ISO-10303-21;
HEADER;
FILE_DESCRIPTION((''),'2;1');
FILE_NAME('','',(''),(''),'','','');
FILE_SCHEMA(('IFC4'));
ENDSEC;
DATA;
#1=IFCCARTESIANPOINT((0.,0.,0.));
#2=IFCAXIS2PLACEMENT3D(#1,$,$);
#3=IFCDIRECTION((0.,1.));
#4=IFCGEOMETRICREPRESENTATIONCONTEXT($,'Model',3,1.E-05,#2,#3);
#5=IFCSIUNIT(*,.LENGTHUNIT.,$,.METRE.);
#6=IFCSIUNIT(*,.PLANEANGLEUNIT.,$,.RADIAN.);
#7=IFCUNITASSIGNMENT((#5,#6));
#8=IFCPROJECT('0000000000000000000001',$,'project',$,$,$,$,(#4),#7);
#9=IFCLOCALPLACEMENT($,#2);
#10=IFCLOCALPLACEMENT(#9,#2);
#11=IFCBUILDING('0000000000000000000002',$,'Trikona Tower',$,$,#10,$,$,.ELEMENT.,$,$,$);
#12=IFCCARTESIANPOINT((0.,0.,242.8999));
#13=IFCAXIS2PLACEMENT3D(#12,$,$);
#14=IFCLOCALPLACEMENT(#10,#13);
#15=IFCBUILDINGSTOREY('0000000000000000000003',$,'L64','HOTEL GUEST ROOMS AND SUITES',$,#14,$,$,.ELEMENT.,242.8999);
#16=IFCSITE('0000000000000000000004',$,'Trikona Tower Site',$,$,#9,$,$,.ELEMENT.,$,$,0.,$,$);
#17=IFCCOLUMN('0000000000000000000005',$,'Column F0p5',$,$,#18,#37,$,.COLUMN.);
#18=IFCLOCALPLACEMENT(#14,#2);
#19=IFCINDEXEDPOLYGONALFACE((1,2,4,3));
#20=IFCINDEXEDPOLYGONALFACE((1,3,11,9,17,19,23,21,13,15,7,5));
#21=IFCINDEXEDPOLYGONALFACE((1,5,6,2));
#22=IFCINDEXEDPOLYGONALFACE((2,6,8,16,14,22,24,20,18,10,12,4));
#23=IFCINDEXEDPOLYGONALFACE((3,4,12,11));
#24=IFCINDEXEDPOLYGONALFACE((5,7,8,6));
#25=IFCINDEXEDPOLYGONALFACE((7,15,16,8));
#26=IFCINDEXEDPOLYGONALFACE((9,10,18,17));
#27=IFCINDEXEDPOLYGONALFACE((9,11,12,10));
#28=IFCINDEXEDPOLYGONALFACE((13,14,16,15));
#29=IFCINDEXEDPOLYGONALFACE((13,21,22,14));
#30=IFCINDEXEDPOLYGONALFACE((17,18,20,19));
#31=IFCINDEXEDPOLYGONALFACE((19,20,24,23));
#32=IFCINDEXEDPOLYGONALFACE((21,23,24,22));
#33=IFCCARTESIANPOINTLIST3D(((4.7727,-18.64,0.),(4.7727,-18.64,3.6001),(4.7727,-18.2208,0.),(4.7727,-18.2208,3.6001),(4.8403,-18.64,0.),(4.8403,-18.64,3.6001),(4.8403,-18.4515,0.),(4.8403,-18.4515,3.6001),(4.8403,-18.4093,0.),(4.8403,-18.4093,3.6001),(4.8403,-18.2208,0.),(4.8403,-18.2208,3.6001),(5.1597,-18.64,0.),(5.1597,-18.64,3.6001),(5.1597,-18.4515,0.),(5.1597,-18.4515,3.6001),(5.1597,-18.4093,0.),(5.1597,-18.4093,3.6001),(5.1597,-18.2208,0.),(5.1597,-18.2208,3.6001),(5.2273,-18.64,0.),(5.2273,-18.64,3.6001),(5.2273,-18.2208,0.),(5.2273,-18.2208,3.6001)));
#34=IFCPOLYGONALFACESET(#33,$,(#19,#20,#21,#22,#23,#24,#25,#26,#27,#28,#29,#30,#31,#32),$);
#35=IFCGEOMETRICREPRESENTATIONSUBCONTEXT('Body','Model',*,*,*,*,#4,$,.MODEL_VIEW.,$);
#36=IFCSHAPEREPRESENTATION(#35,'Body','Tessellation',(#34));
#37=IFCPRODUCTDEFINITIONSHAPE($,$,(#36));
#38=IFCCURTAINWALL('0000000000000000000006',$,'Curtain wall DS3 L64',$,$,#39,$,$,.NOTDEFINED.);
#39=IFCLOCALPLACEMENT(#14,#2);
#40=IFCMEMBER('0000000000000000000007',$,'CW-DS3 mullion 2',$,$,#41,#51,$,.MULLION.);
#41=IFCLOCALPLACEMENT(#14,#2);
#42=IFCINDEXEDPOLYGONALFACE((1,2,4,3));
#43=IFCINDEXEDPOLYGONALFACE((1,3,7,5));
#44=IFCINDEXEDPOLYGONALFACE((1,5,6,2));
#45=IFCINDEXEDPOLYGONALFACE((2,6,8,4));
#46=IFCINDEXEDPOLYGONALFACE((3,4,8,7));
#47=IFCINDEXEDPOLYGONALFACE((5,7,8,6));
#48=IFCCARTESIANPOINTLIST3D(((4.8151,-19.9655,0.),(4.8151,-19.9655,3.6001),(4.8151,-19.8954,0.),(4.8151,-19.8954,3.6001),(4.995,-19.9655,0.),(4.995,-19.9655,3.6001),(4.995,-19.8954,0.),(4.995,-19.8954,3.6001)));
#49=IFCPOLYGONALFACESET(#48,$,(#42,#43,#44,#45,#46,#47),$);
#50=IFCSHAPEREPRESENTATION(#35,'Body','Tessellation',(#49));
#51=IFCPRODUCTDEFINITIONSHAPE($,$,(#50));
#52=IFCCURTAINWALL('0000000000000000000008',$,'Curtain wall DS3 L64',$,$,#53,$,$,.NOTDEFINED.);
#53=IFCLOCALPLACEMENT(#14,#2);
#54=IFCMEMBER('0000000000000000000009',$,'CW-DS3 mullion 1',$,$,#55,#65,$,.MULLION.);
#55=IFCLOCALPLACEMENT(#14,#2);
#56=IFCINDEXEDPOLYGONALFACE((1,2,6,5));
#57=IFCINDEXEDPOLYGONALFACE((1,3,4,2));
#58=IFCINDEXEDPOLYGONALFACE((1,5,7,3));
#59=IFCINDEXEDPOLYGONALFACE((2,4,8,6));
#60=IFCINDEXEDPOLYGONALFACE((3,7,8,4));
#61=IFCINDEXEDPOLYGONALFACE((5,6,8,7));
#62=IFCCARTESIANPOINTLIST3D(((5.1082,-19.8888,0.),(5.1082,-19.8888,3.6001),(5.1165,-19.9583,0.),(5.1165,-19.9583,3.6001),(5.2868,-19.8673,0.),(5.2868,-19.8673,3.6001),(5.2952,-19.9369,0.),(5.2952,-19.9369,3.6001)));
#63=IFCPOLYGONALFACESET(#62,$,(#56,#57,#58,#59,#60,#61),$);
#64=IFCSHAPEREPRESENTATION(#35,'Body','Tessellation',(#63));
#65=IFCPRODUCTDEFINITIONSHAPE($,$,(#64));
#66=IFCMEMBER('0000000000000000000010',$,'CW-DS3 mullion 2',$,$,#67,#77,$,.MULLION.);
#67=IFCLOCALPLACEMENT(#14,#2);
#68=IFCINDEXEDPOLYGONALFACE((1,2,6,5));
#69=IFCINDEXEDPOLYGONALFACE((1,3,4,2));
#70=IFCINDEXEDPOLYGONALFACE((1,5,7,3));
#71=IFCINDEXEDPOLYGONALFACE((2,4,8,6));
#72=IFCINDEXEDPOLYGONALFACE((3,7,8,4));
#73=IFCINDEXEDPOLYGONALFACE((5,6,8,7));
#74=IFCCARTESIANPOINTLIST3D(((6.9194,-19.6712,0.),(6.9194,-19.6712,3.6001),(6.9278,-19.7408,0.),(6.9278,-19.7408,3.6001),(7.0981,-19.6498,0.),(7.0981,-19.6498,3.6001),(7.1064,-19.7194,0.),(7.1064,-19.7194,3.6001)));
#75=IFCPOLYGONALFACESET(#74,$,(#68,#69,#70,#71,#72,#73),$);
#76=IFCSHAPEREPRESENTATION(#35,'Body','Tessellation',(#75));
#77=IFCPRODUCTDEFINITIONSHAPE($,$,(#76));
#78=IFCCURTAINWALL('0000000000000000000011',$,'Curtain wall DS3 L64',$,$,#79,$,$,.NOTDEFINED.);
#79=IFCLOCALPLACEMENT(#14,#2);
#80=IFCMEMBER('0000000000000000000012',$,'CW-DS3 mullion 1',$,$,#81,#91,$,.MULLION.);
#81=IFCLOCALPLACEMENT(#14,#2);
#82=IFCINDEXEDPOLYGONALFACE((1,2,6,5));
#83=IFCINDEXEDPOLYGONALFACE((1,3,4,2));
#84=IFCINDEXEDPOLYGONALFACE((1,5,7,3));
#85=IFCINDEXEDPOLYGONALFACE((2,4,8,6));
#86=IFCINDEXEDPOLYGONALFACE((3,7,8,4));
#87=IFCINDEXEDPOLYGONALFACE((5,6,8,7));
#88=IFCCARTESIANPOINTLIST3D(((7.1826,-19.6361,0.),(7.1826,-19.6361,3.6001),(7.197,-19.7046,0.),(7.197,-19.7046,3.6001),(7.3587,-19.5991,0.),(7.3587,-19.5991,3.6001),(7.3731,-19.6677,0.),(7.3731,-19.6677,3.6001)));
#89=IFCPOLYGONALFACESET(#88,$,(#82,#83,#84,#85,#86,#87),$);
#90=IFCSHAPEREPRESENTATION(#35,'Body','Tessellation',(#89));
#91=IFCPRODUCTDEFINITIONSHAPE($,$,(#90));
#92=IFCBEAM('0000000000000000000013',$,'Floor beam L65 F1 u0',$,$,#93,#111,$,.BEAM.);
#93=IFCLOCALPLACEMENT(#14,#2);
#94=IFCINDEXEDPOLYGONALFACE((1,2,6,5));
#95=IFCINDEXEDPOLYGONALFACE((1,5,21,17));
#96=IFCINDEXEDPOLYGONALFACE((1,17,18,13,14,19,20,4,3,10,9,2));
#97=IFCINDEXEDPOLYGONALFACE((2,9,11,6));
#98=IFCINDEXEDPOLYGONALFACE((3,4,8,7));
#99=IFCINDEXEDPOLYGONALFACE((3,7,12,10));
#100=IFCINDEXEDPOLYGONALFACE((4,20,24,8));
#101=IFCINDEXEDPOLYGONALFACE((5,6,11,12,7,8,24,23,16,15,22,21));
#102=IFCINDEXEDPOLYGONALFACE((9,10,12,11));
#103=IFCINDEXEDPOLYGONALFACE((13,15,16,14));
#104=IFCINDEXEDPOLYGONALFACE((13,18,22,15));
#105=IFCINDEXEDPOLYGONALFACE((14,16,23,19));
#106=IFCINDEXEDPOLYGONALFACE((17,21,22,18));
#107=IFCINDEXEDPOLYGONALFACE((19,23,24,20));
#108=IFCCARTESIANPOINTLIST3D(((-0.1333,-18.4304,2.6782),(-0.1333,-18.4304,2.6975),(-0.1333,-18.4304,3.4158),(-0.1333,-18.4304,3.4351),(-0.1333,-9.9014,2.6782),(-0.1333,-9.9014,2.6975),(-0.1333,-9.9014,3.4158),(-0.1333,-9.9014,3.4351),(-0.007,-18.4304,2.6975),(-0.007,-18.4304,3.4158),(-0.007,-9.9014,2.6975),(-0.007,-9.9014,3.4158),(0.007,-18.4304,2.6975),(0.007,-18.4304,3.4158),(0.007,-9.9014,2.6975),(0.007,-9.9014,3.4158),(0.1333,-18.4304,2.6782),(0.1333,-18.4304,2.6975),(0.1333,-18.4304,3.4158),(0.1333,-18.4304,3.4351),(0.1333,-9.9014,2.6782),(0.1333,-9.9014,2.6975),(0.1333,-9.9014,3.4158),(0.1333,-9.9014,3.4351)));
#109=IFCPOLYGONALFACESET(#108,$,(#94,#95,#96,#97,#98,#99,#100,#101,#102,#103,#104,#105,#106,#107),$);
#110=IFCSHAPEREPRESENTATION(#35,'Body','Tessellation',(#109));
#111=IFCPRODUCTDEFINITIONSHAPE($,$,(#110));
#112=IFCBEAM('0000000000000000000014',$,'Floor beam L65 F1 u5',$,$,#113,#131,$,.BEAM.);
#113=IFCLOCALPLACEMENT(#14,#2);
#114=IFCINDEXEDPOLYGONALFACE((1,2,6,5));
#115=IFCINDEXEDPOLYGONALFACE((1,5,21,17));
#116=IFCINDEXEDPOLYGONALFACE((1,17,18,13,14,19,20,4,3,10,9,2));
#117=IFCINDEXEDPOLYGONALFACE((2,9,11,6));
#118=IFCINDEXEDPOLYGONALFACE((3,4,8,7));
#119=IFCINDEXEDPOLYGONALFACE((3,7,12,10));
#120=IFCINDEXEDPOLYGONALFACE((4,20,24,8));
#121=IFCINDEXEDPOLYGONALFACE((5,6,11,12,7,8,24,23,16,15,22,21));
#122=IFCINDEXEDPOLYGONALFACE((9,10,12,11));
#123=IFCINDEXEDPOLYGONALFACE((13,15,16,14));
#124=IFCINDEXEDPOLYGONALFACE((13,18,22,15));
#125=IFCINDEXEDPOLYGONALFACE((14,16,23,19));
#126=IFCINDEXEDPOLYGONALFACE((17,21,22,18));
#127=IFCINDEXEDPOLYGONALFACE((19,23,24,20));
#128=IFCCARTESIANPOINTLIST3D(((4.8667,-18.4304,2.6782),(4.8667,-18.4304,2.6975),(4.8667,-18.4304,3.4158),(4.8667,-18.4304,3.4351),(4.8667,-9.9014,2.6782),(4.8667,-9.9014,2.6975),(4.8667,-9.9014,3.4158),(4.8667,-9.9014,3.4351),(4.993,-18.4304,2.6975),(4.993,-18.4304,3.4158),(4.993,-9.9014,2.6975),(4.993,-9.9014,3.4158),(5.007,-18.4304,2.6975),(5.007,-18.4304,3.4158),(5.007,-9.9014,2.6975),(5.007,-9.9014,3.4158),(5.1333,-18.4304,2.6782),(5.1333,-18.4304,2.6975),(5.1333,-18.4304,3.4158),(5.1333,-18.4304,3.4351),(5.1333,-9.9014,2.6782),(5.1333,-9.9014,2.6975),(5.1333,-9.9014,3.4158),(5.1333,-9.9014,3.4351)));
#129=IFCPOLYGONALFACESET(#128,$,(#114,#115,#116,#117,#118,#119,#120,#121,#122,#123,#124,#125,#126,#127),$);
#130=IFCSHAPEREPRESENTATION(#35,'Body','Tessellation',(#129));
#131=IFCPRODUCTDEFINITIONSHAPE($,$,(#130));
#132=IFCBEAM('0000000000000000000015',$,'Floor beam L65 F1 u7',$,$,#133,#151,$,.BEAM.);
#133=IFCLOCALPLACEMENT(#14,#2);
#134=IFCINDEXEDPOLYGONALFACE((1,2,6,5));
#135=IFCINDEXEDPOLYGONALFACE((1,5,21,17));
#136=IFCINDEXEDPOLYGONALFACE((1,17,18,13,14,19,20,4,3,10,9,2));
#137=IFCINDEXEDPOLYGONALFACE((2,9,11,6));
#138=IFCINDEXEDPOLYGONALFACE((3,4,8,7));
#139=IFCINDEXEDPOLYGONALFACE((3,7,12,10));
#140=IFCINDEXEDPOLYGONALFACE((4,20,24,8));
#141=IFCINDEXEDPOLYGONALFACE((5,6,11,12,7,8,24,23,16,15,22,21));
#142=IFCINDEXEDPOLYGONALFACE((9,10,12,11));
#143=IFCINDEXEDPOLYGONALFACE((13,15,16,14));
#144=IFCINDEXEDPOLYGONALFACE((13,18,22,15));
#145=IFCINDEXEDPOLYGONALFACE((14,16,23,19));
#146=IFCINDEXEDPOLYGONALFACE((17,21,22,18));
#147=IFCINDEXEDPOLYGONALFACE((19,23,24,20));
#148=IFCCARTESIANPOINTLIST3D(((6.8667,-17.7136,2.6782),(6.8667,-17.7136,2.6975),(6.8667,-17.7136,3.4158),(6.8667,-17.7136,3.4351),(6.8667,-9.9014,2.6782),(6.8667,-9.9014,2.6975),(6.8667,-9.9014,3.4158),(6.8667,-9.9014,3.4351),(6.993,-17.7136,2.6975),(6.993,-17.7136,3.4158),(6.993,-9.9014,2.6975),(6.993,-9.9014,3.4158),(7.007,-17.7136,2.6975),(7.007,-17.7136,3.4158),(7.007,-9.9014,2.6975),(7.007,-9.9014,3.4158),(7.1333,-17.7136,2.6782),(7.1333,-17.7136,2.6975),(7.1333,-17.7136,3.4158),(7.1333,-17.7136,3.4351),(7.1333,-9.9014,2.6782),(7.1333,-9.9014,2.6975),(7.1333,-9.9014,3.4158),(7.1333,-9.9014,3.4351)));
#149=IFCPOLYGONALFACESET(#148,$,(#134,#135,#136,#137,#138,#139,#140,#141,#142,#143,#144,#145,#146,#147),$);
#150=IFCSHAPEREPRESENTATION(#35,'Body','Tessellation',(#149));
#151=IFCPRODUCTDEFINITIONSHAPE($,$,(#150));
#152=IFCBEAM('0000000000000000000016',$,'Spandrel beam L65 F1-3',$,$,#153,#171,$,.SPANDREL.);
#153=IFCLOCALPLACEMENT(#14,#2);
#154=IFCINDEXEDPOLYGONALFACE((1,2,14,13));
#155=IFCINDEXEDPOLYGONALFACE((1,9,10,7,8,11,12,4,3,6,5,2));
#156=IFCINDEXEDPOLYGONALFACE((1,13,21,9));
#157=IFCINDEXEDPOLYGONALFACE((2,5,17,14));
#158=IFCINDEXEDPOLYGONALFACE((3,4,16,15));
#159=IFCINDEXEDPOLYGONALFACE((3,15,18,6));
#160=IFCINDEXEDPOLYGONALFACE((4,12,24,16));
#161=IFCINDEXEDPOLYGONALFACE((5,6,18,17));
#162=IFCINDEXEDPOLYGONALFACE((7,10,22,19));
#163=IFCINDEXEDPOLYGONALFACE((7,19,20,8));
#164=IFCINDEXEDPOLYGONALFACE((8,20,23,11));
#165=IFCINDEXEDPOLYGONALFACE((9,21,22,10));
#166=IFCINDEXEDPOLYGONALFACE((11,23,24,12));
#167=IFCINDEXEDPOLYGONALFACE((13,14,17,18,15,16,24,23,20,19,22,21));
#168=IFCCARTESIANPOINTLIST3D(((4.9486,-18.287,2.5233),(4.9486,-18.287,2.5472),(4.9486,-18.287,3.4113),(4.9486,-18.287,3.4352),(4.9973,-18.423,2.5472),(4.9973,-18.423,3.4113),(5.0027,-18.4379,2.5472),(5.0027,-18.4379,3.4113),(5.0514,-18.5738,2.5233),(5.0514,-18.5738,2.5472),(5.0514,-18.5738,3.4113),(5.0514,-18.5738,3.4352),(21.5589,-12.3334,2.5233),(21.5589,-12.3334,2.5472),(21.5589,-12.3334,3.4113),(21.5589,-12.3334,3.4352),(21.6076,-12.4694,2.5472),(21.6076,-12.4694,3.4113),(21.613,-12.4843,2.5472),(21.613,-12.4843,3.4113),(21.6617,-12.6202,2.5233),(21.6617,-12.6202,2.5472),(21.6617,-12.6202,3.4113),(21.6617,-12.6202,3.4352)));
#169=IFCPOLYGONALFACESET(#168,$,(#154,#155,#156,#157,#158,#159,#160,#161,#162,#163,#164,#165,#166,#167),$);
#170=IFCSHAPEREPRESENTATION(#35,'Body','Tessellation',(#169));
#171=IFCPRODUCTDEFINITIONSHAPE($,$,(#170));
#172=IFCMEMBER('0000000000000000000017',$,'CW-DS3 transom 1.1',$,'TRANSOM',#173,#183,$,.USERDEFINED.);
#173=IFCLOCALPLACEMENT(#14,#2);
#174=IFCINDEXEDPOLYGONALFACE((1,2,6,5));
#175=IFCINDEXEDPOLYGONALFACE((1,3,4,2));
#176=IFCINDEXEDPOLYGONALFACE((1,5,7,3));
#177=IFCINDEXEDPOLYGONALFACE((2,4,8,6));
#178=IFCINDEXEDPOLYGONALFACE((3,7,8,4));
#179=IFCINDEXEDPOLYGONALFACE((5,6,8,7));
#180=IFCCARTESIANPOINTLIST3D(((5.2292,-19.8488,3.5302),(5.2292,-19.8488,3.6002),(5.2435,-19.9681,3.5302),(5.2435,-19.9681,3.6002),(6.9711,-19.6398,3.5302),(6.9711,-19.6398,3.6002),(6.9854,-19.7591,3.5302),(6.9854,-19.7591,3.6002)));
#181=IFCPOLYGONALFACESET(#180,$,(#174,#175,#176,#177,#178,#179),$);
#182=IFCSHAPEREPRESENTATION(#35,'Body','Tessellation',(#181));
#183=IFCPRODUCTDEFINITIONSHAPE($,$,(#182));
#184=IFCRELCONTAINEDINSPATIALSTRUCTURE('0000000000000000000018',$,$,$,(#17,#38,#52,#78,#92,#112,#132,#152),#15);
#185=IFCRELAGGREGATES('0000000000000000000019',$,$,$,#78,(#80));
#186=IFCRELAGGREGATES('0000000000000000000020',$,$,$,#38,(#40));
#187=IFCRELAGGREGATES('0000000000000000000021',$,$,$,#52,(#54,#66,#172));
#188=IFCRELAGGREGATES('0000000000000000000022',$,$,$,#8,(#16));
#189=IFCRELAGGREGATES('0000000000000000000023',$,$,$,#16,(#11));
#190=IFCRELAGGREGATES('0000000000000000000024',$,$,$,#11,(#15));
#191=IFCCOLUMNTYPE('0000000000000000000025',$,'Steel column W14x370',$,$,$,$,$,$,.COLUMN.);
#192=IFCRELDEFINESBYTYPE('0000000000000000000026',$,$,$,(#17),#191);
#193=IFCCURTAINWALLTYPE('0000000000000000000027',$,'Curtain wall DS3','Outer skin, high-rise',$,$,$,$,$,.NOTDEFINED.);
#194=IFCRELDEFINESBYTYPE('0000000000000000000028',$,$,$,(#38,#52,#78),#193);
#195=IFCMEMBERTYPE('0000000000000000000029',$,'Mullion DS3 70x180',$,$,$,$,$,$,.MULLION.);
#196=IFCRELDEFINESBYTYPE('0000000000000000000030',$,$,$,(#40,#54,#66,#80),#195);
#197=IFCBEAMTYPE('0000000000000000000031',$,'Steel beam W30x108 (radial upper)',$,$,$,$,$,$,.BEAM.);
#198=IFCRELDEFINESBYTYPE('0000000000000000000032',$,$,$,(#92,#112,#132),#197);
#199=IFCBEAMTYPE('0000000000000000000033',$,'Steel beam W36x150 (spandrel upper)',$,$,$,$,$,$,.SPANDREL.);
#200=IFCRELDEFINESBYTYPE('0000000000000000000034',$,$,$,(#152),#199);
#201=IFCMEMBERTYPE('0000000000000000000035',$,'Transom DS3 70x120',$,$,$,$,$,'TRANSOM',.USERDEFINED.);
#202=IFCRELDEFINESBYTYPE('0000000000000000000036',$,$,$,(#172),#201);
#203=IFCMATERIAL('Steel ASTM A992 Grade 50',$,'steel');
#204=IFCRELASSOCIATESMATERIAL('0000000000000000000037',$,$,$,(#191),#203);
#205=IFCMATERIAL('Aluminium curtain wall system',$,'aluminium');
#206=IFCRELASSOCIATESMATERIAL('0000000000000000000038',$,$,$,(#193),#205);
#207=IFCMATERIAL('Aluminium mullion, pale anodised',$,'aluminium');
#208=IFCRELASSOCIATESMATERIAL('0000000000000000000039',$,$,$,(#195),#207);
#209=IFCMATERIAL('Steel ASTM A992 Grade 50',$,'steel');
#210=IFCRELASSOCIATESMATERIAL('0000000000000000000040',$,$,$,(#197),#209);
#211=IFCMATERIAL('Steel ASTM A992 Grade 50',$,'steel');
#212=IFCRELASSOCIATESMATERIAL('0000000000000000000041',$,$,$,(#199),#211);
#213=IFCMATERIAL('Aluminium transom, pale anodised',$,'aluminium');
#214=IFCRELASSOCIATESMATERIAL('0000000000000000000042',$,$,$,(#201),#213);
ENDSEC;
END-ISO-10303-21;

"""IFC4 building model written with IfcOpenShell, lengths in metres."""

from ifc_helpers import new_model, si_unit, direction, frame, origin, origin_2d, place, context, subcontext, project, spatial, rectangle, i_section, extrude, material, material_profile, profile_set, type_object, element, aggregate, save


model = new_model("IFC4")

# Units and contexts
model_context = context("Model", 3, precision=1e-05, world=origin(), true_north=direction((0.0, 1.0)))
body_context = subcontext(model_context, "Body", "Model", "MODEL_VIEW")
ifc_project = project(units=[si_unit("LENGTHUNIT", "METRE"), si_unit("PLANEANGLEUNIT", "RADIAN")], contexts=[model_context])

# Site, building, storey
site_placement = place(None, origin())
site = spatial("IfcSite", under=ifc_project, at=site_placement, Name="Trikona Tower Site", CompositionType="ELEMENT", RefElevation=0.0)
building_placement = place(site_placement, origin())
building = spatial("IfcBuilding", under=site, at=building_placement, Name="Trikona Tower", CompositionType="ELEMENT")
storey_placement = place(building_placement, frame((0.0, 0.0, 242.8999)))
storey = spatial("IfcBuildingStorey", under=building, at=storey_placement, Name="L64", Description="HOTEL GUEST ROOMS AND SUITES", CompositionType="ELEMENT", Elevation=242.8999)

# Column
ifc_material_1 = material(Name="Steel ASTM A992 Grade 50", Category="steel")
ifc_material_profile_1 = material_profile(ifc_material_1, i_section(OverallWidth=0.4192, OverallDepth=0.4546, WebThickness=0.0422, FlangeThickness=0.0676, at=origin_2d()), Name="W14X370")
ifc_profile_set_1 = profile_set([ifc_material_profile_1], Name="Steel ASTM A992 Grade 50")
column_type = type_object("IfcColumnType", Name="Steel column W14x370", PredefinedType="COLUMN", material=ifc_profile_set_1)
column_placement = place(storey_placement, frame((5.0, -18.4304, 0.0), z_axis=(0.0, 0.0, 1.0), x_axis=(0.0, -1.0, 0.0)))
element("IfcColumn", 1, at=column_placement, inside=storey, type_object=column_type, Name="Column F0p5", PredefinedType="COLUMN", context=body_context, shape_type="SweptSolid", body=[
    extrude(i_section(OverallWidth=0.4192, OverallDepth=0.4546, WebThickness=0.0422, FlangeThickness=0.0676, at=origin_2d()), origin(), (0.0, 0.0, 1.0), 3.6001),
])

# Curtain wall, member
ifc_material_2 = material(Name="Aluminium curtain wall system", Category="aluminium")
curtain_wall_type = type_object("IfcCurtainWallType", Name="Curtain wall DS3", Description="Outer skin, high-rise", PredefinedType="NOTDEFINED", material=ifc_material_2)
curtain_wall_1_placement = place(storey_placement, origin())
curtain_wall_1 = element("IfcCurtainWall", 2, at=curtain_wall_1_placement, inside=storey, type_object=curtain_wall_type, Name="Curtain wall DS3 L64", PredefinedType="NOTDEFINED")
ifc_material_3 = material(Name="Aluminium mullion, pale anodised", Category="aluminium")
ifc_material_profile_2 = material_profile(ifc_material_3, rectangle(XDim=0.0701, YDim=0.1799, at=origin_2d()), Name="MUL-DS3")
ifc_profile_set_2 = profile_set([ifc_material_profile_2], Name="Aluminium mullion, pale anodised")
member_type_1 = type_object("IfcMemberType", Name="Mullion DS3 70x180", PredefinedType="MULLION", material=ifc_profile_set_2)
member_1_placement = place(storey_placement, frame((4.905, -19.9304, 0.0), z_axis=(0.0, 0.0, 1.0), x_axis=(0.0, 1.0, 0.0)))
member_1 = element("IfcMember", 3, at=member_1_placement, type_object=member_type_1, Name="CW-DS3 mullion 2", PredefinedType="MULLION", context=body_context, shape_type="SweptSolid", body=[
    extrude(rectangle(XDim=0.0701, YDim=0.1799, at=origin_2d()), origin(), (0.0, 0.0, 1.0), 3.6001),
])

# Curtain wall, members
curtain_wall_2_placement = place(storey_placement, origin())
curtain_wall_2 = element("IfcCurtainWall", 4, at=curtain_wall_2_placement, inside=storey, type_object=curtain_wall_type, Name="Curtain wall DS3 L64", PredefinedType="NOTDEFINED")
member_2_placement = place(storey_placement, frame((5.2017, -19.9128, 0.0), z_axis=(0.0, 0.0, 1.0), x_axis=(-0.119141, 0.992877, 0.0)))
member_2 = element("IfcMember", 5, at=member_2_placement, type_object=member_type_1, Name="CW-DS3 mullion 1", PredefinedType="MULLION", context=body_context, shape_type="SweptSolid", body=[
    extrude(rectangle(XDim=0.0701, YDim=0.1799, at=origin_2d()), origin(), (0.0, 0.0, 1.0), 3.6001),
])
member_3_placement = place(storey_placement, frame((7.0129, -19.6953, 0.0), z_axis=(0.0, 0.0, 1.0), x_axis=(-0.119141, 0.992877, 0.0)))
member_3 = element("IfcMember", 6, at=member_3_placement, type_object=member_type_1, Name="CW-DS3 mullion 2", PredefinedType="MULLION", context=body_context, shape_type="SweptSolid", body=[
    extrude(rectangle(XDim=0.0701, YDim=0.1799, at=origin_2d()), origin(), (0.0, 0.0, 1.0), 3.6001),
])

# Curtain wall, member
curtain_wall_3_placement = place(storey_placement, origin())
curtain_wall_3 = element("IfcCurtainWall", 7, at=curtain_wall_3_placement, inside=storey, type_object=curtain_wall_type, Name="Curtain wall DS3 L64", PredefinedType="NOTDEFINED")
member_4_placement = place(storey_placement, frame((7.2778, -19.6519, 0.0), z_axis=(0.0, 0.0, 1.0), x_axis=(-0.205527, 0.978651, 0.0)))
member_4 = element("IfcMember", 8, at=member_4_placement, type_object=member_type_1, Name="CW-DS3 mullion 1", PredefinedType="MULLION", context=body_context, shape_type="SweptSolid", body=[
    extrude(rectangle(XDim=0.0701, YDim=0.1799, at=origin_2d()), origin(), (0.0, 0.0, 1.0), 3.6001),
])

# Beams
ifc_material_4 = material(Name="Steel ASTM A992 Grade 50", Category="steel")
ifc_material_profile_3 = material_profile(ifc_material_4, i_section(OverallWidth=0.2666, OverallDepth=0.7568, WebThickness=0.0139, FlangeThickness=0.0193, at=origin_2d()), Name="W30X108")
ifc_profile_set_3 = profile_set([ifc_material_profile_3], Name="Steel ASTM A992 Grade 50")
beam_type_1 = type_object("IfcBeamType", Name="Steel beam W30x108 (radial upper)", PredefinedType="BEAM", material=ifc_profile_set_3)
for number, where, z_axis, x_axis, name in (
    (9, (0.0, -9.9014, 3.0566), (0.0, -1.0, 0.0), (1.0, 0.0, 0.0), "Floor beam L65 F1 u0"),
    (10, (5.0, -9.9014, 3.0566), (0.0, -1.0, 0.0), (1.0, 0.0, 0.0), "Floor beam L65 F1 u5"),
):
    element("IfcBeam", number, at=place(storey_placement, frame(where, z_axis=z_axis, x_axis=x_axis)), inside=storey, type_object=beam_type_1, Name=name, PredefinedType="BEAM", context=body_context, shape_type="SweptSolid", body=[
        extrude(i_section(OverallWidth=0.2666, OverallDepth=0.7568, WebThickness=0.0139, FlangeThickness=0.0193, at=origin_2d()), origin(), (0.0, 0.0, 1.0), 8.5291),
    ])
beam_1_placement = place(storey_placement, frame((7.0, -9.9014, 3.0566), z_axis=(0.0, -1.0, 0.0), x_axis=(1.0, 0.0, 0.0)))
element("IfcBeam", 11, at=beam_1_placement, inside=storey, type_object=beam_type_1, Name="Floor beam L65 F1 u7", PredefinedType="BEAM", context=body_context, shape_type="SweptSolid", body=[
    extrude(i_section(OverallWidth=0.2666, OverallDepth=0.7568, WebThickness=0.0139, FlangeThickness=0.0193, at=origin_2d()), origin(), (0.0, 0.0, 1.0), 7.8123),
])
ifc_material_5 = material(Name="Steel ASTM A992 Grade 50", Category="steel")
ifc_material_profile_4 = material_profile(ifc_material_5, i_section(OverallWidth=0.3047, OverallDepth=0.9119, WebThickness=0.0159, FlangeThickness=0.0239, at=origin_2d()), Name="W36X150")
ifc_profile_set_4 = profile_set([ifc_material_profile_4], Name="Steel ASTM A992 Grade 50")
beam_type_2 = type_object("IfcBeamType", Name="Steel beam W36x150 (spandrel upper)", PredefinedType="SPANDREL", material=ifc_profile_set_4)
beam_2_placement = place(storey_placement, frame((5.0, -18.4304, 2.9792), z_axis=(0.941358, 0.337409, 0.0), x_axis=(-0.337409, 0.941358, 0.0)))
element("IfcBeam", 12, at=beam_2_placement, inside=storey, type_object=beam_type_2, Name="Spandrel beam L65 F1-3", PredefinedType="SPANDREL", context=body_context, shape_type="SweptSolid", body=[
    extrude(i_section(OverallWidth=0.3047, OverallDepth=0.9119, WebThickness=0.0159, FlangeThickness=0.0239, at=origin_2d()), origin(), (0.0, 0.0, 1.0), 17.645),
])

# Member
ifc_material_6 = material(Name="Aluminium transom, pale anodised", Category="aluminium")
ifc_material_profile_5 = material_profile(ifc_material_6, rectangle(XDim=0.1201, YDim=0.0701, at=origin_2d()), Name="TRN-DS3")
ifc_profile_set_5 = profile_set([ifc_material_profile_5], Name="Aluminium transom, pale anodised")
member_type_2 = type_object("IfcMemberType", Name="Transom DS3 70x120", ElementType="TRANSOM", PredefinedType="USERDEFINED", material=ifc_profile_set_5)
member_5_placement = place(storey_placement, frame((5.2363, -19.9084, 3.5652), z_axis=(0.99288, 0.119118, 0.0), x_axis=(-0.119118, 0.99288, 0.0)))
member_5 = element("IfcMember", 13, at=member_5_placement, type_object=member_type_2, Name="CW-DS3 transom 1.1", ObjectType="TRANSOM", PredefinedType="USERDEFINED", context=body_context, shape_type="SweptSolid", body=[
    extrude(rectangle(XDim=0.1201, YDim=0.0701, at=origin_2d()), origin(), (0.0, 0.0, 1.0), 1.7544),
])
aggregate(curtain_wall_3, [member_4])

aggregate(curtain_wall_1, [member_1])
aggregate(curtain_wall_2, [member_2, member_3, member_5])

save(model, "model.ifc")
